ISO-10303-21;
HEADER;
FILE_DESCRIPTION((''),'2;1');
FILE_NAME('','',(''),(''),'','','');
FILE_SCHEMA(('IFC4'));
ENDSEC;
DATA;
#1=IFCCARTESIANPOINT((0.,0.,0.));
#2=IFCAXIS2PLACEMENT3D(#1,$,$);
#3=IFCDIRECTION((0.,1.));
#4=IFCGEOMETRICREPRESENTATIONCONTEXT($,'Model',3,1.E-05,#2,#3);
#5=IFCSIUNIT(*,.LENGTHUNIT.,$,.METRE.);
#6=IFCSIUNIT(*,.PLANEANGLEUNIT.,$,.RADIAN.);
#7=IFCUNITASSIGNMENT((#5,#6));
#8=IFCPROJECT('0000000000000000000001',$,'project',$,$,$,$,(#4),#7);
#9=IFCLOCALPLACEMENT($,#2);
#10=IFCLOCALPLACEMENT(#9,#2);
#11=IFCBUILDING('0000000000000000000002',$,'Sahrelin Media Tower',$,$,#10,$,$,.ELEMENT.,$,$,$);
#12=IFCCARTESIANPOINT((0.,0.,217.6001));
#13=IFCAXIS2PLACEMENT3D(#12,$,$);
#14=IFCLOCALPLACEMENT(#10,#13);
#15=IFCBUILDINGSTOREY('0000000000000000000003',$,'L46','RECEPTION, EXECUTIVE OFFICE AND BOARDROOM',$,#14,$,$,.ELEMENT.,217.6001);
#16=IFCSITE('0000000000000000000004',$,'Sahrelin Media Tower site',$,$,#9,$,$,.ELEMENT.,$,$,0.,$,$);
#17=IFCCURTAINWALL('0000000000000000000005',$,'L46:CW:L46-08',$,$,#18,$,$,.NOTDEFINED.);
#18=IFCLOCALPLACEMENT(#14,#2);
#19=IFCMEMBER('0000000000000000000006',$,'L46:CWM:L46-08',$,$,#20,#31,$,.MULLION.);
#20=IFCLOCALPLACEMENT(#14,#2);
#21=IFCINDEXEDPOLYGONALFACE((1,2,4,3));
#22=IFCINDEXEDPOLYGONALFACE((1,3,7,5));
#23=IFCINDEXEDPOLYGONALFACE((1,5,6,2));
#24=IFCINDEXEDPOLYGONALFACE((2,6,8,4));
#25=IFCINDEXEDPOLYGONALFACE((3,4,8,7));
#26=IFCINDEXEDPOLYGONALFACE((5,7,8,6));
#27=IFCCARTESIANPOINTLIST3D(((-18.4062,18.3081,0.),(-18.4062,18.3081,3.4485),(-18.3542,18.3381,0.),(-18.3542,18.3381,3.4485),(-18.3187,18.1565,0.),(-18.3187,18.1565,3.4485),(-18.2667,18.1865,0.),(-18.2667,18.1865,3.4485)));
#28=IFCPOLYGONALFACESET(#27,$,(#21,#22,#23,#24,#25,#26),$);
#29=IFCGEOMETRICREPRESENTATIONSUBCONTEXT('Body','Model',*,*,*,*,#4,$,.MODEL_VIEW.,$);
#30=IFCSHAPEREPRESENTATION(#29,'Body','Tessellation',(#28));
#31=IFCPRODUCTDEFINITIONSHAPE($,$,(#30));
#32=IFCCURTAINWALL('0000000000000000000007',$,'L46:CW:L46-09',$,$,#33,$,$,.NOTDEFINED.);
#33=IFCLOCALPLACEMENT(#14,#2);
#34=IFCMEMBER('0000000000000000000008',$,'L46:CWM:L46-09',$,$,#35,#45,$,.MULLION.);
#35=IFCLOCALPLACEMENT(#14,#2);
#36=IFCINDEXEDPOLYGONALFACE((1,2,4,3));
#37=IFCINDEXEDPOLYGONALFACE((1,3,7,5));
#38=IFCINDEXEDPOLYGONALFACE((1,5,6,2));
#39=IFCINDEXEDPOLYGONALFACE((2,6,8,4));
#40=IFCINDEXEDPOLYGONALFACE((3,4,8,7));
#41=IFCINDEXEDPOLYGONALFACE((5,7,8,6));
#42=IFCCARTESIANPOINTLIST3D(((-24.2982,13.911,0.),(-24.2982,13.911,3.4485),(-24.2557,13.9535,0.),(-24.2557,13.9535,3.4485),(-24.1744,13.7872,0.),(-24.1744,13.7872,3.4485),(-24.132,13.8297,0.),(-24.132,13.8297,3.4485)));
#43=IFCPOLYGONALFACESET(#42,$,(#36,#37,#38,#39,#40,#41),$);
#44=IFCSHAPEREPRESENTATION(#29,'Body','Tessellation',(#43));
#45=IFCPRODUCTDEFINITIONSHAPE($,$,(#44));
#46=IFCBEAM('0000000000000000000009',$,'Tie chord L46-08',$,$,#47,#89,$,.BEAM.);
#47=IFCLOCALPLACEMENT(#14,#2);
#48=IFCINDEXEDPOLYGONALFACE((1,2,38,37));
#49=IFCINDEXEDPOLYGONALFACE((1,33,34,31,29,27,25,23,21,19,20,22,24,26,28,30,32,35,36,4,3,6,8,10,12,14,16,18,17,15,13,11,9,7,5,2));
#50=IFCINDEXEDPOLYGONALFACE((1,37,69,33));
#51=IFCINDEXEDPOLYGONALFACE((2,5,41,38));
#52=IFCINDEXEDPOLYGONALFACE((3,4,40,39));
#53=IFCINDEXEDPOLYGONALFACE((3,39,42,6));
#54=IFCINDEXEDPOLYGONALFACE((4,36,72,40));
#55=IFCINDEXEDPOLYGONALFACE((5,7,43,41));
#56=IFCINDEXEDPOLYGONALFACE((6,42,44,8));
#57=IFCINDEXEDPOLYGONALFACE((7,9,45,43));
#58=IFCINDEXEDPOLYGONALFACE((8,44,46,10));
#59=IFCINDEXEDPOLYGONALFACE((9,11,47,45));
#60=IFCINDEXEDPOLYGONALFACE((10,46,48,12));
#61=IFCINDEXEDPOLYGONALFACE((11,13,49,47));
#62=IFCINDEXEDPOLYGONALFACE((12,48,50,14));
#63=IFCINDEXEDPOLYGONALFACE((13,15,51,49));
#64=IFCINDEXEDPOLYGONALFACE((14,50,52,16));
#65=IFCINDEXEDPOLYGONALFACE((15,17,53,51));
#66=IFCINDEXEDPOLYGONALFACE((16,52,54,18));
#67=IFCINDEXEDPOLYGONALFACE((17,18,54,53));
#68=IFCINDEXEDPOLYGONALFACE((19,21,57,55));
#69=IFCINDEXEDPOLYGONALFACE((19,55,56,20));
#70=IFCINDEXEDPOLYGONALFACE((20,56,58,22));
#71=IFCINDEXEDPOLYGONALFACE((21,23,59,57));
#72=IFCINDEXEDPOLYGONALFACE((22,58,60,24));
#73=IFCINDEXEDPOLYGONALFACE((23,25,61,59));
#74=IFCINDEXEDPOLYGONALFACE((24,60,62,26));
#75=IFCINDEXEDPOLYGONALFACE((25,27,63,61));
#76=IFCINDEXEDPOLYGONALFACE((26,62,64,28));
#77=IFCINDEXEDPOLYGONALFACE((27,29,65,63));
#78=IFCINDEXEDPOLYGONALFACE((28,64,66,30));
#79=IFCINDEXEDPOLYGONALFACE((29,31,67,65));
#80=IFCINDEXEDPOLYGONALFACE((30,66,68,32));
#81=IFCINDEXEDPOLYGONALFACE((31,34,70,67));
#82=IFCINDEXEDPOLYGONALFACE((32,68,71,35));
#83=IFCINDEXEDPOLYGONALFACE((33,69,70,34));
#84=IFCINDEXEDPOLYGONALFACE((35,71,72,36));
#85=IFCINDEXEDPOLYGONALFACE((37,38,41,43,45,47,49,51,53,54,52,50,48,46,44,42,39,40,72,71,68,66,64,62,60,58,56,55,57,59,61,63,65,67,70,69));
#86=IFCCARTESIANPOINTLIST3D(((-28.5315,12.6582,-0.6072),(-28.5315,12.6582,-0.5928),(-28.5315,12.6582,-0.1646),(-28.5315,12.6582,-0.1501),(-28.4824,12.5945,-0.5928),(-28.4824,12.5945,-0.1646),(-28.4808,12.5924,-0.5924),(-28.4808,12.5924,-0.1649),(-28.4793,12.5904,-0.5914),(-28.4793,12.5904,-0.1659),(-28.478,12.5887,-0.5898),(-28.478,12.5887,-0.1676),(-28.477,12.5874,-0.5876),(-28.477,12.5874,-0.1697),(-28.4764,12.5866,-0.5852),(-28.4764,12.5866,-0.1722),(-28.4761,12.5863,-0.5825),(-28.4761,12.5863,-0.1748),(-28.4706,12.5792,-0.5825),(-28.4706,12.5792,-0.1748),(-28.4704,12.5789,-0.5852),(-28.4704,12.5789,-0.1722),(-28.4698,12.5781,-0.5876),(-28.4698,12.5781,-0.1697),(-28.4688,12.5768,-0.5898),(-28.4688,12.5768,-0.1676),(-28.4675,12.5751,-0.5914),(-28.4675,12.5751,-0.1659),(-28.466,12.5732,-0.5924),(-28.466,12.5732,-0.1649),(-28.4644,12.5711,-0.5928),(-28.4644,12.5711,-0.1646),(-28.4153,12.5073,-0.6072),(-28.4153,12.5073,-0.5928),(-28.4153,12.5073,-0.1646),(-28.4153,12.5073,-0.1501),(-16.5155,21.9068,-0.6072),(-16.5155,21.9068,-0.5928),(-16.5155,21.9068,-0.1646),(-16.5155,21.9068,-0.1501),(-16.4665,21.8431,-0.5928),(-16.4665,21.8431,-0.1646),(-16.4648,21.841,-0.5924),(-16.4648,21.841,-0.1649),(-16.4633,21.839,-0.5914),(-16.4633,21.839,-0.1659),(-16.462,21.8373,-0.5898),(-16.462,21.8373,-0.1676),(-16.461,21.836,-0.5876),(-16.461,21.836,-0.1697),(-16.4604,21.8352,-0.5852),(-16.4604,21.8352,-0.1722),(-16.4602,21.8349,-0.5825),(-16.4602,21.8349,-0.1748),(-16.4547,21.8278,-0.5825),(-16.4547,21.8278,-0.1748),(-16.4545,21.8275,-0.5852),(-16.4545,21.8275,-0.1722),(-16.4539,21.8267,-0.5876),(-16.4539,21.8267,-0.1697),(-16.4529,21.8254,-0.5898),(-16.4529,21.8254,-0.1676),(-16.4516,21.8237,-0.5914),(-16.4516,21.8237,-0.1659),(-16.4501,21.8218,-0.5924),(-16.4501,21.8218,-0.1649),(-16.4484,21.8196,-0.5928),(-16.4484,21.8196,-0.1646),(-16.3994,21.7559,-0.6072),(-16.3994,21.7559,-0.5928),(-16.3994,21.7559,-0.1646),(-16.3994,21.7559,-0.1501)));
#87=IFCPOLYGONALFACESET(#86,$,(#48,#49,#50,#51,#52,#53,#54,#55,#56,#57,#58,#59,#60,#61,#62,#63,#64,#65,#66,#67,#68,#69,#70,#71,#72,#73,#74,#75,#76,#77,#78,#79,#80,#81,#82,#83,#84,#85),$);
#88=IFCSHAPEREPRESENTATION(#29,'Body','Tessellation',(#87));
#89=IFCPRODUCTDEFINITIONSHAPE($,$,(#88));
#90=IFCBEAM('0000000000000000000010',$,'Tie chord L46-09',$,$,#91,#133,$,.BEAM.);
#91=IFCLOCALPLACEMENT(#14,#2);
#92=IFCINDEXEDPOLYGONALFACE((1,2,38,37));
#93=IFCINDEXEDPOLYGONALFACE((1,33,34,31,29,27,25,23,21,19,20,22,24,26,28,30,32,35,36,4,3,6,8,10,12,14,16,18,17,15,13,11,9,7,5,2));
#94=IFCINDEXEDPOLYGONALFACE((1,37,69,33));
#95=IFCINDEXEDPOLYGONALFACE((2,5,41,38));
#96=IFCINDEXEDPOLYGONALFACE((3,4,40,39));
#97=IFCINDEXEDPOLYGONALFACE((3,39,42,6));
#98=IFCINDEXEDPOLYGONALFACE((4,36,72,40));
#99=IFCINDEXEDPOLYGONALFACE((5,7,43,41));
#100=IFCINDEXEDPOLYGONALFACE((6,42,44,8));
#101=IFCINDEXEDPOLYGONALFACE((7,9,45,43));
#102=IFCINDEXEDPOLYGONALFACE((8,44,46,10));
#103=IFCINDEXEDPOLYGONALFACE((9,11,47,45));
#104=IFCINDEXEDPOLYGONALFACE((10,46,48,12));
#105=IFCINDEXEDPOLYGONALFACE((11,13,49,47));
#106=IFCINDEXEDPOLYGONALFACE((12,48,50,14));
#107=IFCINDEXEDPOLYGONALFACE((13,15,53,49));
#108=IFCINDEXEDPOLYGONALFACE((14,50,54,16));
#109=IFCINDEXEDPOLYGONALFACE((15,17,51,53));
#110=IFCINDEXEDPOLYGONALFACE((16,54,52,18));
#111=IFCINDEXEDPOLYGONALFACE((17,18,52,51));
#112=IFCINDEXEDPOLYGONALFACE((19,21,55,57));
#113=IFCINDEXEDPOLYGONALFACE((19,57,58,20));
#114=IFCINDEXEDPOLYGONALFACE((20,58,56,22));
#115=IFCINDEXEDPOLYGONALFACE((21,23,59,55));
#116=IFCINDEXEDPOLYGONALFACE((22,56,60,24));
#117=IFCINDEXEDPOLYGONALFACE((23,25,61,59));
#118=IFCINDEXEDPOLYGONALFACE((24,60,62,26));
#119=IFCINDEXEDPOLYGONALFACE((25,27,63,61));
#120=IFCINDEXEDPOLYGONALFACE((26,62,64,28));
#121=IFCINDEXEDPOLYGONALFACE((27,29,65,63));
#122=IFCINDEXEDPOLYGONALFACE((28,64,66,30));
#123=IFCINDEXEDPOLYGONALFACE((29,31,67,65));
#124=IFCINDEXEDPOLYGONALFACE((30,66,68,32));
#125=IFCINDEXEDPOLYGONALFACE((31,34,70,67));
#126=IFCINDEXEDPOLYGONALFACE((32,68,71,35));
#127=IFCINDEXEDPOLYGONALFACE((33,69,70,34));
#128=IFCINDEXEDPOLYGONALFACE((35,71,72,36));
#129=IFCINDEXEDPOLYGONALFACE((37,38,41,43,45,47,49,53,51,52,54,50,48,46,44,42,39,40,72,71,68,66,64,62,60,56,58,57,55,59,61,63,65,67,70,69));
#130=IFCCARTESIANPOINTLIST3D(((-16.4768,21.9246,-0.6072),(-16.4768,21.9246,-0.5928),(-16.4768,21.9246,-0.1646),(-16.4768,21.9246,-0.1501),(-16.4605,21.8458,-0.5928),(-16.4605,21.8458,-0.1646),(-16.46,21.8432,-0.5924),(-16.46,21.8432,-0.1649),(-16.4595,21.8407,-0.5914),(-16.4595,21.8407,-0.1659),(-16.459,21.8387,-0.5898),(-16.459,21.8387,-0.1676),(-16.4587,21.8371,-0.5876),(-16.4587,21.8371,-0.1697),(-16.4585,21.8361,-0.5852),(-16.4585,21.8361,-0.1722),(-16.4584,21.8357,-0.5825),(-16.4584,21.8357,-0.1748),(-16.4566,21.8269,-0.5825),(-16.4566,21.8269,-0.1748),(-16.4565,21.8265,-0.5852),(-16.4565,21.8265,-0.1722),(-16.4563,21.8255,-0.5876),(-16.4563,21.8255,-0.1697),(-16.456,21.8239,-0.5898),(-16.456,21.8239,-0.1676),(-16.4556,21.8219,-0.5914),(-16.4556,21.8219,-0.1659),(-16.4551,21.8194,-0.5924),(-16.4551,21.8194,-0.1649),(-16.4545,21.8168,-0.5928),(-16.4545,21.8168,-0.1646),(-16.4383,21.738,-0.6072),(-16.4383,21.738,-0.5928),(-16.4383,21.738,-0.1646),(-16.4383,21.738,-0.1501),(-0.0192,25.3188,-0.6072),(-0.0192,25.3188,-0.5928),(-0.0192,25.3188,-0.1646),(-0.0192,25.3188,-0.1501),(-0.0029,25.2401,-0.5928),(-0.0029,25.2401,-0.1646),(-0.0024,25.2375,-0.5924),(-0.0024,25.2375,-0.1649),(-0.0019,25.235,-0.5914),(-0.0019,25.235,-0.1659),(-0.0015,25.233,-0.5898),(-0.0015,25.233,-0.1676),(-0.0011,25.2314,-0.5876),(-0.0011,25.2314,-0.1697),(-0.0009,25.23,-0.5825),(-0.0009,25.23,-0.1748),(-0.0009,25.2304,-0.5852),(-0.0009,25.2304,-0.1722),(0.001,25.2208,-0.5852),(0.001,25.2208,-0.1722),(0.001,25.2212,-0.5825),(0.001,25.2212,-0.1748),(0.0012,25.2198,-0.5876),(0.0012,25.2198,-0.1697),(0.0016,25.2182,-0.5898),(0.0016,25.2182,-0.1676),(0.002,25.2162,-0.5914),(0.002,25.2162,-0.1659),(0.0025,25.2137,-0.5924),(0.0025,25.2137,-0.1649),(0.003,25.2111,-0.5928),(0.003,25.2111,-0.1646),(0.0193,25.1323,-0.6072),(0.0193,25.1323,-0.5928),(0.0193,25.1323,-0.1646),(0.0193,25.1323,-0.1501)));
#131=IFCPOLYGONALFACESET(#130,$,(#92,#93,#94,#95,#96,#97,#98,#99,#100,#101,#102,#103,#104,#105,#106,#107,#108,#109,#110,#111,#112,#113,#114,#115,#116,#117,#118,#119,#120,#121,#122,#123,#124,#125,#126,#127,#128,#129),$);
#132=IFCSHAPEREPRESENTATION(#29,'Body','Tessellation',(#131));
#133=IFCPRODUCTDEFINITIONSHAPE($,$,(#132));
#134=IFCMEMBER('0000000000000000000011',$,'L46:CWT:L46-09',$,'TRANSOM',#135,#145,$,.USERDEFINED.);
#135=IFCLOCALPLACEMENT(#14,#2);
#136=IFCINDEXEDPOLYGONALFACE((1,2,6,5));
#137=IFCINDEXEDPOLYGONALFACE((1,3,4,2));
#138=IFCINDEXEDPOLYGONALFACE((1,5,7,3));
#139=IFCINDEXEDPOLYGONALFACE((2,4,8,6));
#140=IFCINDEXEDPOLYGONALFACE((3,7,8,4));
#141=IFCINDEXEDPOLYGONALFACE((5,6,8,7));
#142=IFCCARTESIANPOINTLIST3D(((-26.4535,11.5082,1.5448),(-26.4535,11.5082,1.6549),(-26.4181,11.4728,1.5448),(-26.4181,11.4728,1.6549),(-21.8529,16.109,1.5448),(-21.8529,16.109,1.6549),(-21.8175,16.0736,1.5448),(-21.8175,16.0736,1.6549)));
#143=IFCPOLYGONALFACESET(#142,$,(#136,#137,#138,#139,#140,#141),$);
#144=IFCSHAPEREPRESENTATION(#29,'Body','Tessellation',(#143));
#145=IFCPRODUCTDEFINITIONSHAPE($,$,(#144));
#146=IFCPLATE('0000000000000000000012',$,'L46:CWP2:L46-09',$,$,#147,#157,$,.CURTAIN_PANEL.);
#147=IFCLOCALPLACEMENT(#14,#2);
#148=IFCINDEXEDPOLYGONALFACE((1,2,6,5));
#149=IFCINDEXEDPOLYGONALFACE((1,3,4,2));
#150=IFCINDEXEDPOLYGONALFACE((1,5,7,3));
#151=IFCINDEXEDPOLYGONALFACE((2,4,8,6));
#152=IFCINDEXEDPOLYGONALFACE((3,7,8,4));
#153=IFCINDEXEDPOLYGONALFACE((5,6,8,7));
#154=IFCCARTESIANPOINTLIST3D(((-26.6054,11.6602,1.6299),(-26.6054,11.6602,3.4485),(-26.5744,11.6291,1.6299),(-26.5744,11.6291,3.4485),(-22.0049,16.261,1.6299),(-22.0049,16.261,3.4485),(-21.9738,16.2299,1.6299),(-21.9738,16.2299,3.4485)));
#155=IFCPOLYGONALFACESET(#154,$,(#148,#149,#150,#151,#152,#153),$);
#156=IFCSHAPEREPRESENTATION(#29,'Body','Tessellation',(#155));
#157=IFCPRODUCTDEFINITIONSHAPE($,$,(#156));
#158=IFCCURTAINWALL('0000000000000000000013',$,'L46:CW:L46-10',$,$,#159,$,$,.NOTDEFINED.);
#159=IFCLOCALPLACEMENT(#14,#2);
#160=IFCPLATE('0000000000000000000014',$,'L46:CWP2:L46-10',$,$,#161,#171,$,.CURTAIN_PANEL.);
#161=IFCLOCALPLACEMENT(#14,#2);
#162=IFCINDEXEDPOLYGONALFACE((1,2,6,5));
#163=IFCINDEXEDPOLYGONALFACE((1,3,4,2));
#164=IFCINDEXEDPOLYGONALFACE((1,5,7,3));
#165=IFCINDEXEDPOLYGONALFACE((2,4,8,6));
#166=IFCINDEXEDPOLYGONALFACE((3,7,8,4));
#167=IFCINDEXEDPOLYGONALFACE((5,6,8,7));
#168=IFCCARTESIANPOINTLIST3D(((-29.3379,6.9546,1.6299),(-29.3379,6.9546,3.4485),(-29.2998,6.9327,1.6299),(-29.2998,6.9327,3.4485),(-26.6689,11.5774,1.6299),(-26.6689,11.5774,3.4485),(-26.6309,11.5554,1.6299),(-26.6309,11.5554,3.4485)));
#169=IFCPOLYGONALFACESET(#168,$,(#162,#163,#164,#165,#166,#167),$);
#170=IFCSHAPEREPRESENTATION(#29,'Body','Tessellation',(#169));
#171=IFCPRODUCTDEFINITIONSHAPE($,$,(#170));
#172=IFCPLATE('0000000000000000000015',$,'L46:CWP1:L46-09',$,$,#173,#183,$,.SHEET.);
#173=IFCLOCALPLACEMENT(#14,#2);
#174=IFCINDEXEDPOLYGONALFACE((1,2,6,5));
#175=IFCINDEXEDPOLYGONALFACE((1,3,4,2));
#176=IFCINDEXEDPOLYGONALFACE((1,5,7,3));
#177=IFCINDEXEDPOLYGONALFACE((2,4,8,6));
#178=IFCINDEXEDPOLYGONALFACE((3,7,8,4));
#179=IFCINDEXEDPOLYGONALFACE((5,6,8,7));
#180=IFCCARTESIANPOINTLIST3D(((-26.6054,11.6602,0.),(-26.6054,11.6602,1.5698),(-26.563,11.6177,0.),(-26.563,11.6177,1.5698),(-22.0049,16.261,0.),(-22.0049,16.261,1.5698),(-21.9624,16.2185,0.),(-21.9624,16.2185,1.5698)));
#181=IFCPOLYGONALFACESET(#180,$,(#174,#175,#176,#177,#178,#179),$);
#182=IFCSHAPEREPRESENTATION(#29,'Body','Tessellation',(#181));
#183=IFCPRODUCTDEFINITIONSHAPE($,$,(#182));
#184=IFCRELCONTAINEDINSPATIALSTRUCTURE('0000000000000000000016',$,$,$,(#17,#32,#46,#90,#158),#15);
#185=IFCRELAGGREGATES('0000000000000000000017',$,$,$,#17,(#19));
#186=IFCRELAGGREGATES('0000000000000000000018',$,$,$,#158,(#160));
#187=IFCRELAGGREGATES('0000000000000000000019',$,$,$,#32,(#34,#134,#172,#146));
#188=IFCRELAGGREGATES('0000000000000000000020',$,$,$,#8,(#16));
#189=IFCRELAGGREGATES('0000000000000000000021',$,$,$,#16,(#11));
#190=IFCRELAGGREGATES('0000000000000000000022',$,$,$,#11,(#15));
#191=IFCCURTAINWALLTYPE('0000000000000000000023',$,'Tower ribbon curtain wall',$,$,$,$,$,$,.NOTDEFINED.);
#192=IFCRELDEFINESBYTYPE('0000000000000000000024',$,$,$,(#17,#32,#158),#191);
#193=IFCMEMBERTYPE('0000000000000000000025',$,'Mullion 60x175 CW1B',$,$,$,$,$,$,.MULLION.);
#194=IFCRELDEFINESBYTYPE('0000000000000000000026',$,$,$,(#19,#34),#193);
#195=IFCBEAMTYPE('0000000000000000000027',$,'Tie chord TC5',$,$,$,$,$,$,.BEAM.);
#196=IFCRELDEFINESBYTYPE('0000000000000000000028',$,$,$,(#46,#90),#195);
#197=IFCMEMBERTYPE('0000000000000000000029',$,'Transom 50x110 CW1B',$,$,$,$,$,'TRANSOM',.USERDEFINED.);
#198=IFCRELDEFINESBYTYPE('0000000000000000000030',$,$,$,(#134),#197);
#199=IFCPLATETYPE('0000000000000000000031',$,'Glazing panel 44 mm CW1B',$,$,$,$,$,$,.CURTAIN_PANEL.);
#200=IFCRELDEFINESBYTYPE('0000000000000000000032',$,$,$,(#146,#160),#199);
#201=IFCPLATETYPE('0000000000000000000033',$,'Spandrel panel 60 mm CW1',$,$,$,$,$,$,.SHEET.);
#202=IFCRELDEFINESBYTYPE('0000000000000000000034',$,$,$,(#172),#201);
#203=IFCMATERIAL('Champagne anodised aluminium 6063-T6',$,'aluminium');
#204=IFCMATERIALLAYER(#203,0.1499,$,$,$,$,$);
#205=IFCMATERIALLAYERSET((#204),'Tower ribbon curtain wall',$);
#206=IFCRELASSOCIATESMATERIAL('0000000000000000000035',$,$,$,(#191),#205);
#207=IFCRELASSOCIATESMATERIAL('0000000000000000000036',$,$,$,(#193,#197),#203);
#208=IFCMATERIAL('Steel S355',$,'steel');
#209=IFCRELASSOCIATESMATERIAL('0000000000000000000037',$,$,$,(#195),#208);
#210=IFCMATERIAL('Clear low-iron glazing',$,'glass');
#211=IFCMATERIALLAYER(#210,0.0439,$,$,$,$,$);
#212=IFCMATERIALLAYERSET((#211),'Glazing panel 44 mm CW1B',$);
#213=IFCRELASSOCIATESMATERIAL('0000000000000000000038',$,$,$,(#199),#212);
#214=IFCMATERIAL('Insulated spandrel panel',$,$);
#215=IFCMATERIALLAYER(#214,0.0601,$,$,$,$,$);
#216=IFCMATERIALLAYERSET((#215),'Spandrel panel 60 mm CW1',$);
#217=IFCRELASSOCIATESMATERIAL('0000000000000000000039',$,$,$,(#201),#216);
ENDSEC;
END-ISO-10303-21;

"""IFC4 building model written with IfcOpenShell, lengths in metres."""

from ifc_helpers import new_model, si_unit, direction, frame, origin, origin_2d, place, context, subcontext, project, spatial, polyline, rectangle, i_section, outline, extrude, material, layer, layer_set, material_profile, profile_set, type_object, element, aggregate, save


model = new_model("IFC4")

# Units and contexts
model_context = context("Model", 3, precision=1e-05, world=origin(), true_north=direction((0.0, 1.0)))
body_context = subcontext(model_context, "Body", "Model", "MODEL_VIEW")
ifc_project = project(units=[si_unit("LENGTHUNIT", "METRE"), si_unit("PLANEANGLEUNIT", "RADIAN")], contexts=[model_context])

# Site, building, storey
site_placement = place(None, origin())
site = spatial("IfcSite", under=ifc_project, at=site_placement, Name="Sahrelin Media Tower site", CompositionType="ELEMENT", RefElevation=0.0)
building_placement = place(site_placement, origin())
building = spatial("IfcBuilding", under=site, at=building_placement, Name="Sahrelin Media Tower", CompositionType="ELEMENT")
storey_placement = place(building_placement, frame((0.0, 0.0, 217.6001)))
storey = spatial("IfcBuildingStorey", under=building, at=storey_placement, Name="L46", Description="RECEPTION, EXECUTIVE OFFICE AND BOARDROOM", CompositionType="ELEMENT", Elevation=217.6001)

# Shared definitions
ifc_material_1 = material(Name="Steel S355", Category="steel")

# Curtain walls, members
ifc_material_2 = material(Name="Champagne anodised aluminium 6063-T6", Category="aluminium")
ifc_layer_1 = layer(ifc_material_2, 0.1499)
ifc_layer_set_1 = layer_set([ifc_layer_1], Name="Tower ribbon curtain wall")
curtain_wall_type = type_object("IfcCurtainWallType", Name="Tower ribbon curtain wall", PredefinedType="NOTDEFINED", material=ifc_layer_set_1)
curtain_wall_1_placement = place(storey_placement, frame((-18.3901, 18.3403, 0.0), z_axis=(0.0, 0.0, 1.0), x_axis=(1.0, 0.0, 0.0)))
curtain_wall_1 = element("IfcCurtainWall", 1, at=curtain_wall_1_placement, inside=storey, type_object=curtain_wall_type, Name="L46:CW:L46-08", PredefinedType="NOTDEFINED")
ifc_material_profile_1 = material_profile(ifc_material_2, rectangle(XDim=0.0601, YDim=0.175, at=origin_2d()), Name="Mullion 60x175")
ifc_profile_set_1 = profile_set([ifc_material_profile_1], Name="Champagne anodised aluminium 6063-T6")
member_type_1 = type_object("IfcMemberType", Name="Mullion 60x175 CW1B", PredefinedType="MULLION", material=ifc_profile_set_1)
member_1_placement = place(storey_placement, frame((-18.3364, 18.2473, 0.0), z_axis=(0.0, 0.0, 1.0), x_axis=(-0.866026, -0.499998, 0.0)))
member_1 = element("IfcMember", 2, at=member_1_placement, type_object=member_type_1, Name="L46:CWM:L46-08", PredefinedType="MULLION", context=body_context, shape_type="SweptSolid", body=[
    extrude(rectangle(XDim=0.0601, YDim=0.175, at=origin_2d()), origin(), (0.0, 0.0, 1.0), 3.4485),
])
aggregate(curtain_wall_1, [member_1])
curtain_wall_2_placement = place(storey_placement, frame((-24.291, 13.9463, 0.0), z_axis=(0.0, 0.0, 1.0), x_axis=(1.0, 0.0, 0.0)))
curtain_wall_2 = element("IfcCurtainWall", 3, at=curtain_wall_2_placement, inside=storey, type_object=curtain_wall_type, Name="L46:CW:L46-09", PredefinedType="NOTDEFINED")
member_2_placement = place(storey_placement, frame((-24.2151, 13.8704, 0.0), z_axis=(0.0, 0.0, 1.0), x_axis=(-0.707107, -0.707107, 0.0)))
member_2 = element("IfcMember", 4, at=member_2_placement, type_object=member_type_1, Name="L46:CWM:L46-09", PredefinedType="MULLION", context=body_context, shape_type="SweptSolid", body=[
    extrude(rectangle(XDim=0.0601, YDim=0.175, at=origin_2d()), origin(), (0.0, 0.0, 1.0), 3.4485),
])

# Beams
ifc_material_profile_2 = material_profile(ifc_material_1, i_section(OverallWidth=0.1904, OverallDepth=0.457, WebThickness=0.009, FlangeThickness=0.0144, FilletRadius=0.0103, at=origin_2d()), Name="UB 457x191x74")
ifc_profile_set_2 = profile_set([ifc_material_profile_2], Name="Steel S355")
beam_type_1 = type_object("IfcBeamType", Name="Tie chord TC5", PredefinedType="BEAM", material=ifc_profile_set_2)
beam_1_placement = place(storey_placement, frame((-28.4734, 12.5828, -0.3787), z_axis=(0.792447, 0.609941, 0.0), x_axis=(-0.609941, 0.792447, 0.0)))
element("IfcBeam", 5, at=beam_1_placement, inside=storey, type_object=beam_type_1, Name="Tie chord L46-08", PredefinedType="BEAM", context=body_context, shape_type="SweptSolid", body=[
    extrude(i_section(OverallWidth=0.1904, OverallDepth=0.457, WebThickness=0.009, FlangeThickness=0.0144, FilletRadius=0.0103, at=origin_2d()), origin(), (0.0, 0.0, 1.0), 15.1631),
])
beam_2_placement = place(storey_placement, frame((-16.4575, 21.8313, -0.3787), z_axis=(0.979387, 0.201994, 0.0), x_axis=(-0.201994, 0.979387, 0.0)))
element("IfcBeam", 6, at=beam_2_placement, inside=storey, type_object=beam_type_1, Name="Tie chord L46-09", PredefinedType="BEAM", context=body_context, shape_type="SweptSolid", body=[
    extrude(i_section(OverallWidth=0.1904, OverallDepth=0.457, WebThickness=0.009, FlangeThickness=0.0144, FilletRadius=0.0103, at=origin_2d()), origin(), (0.0, 0.0, 1.0), 16.804),
])

# Member
ifc_material_profile_3 = material_profile(ifc_material_2, rectangle(XDim=0.05, YDim=0.1101, at=origin_2d()), Name="Transom 50x110")
ifc_profile_set_3 = profile_set([ifc_material_profile_3], Name="Champagne anodised aluminium 6063-T6")
member_type_2 = type_object("IfcMemberType", Name="Transom 50x110 CW1B", ElementType="TRANSOM", PredefinedType="USERDEFINED", material=ifc_profile_set_3)
member_3_placement = place(storey_placement, frame((-21.8352, 16.0913, 1.5999), z_axis=(-0.707088, -0.707126, 0.0), x_axis=(0.707126, -0.707088, 0.0)))
member_3 = element("IfcMember", 7, at=member_3_placement, type_object=member_type_2, Name="L46:CWT:L46-09", ObjectType="TRANSOM", PredefinedType="USERDEFINED", context=body_context, shape_type="SweptSolid", body=[
    extrude(rectangle(XDim=0.05, YDim=0.1101, at=origin_2d()), origin(), (0.0, 0.0, 1.0), 6.5063),
])

# Plate
ifc_material_3 = material(Name="Clear low-iron glazing", Category="glass")
ifc_layer_2 = layer(ifc_material_3, 0.0439)
ifc_layer_set_2 = layer_set([ifc_layer_2], Name="Glazing panel 44 mm CW1B")
plate_type_1 = type_object("IfcPlateType", Name="Glazing panel 44 mm CW1B", PredefinedType="CURTAIN_PANEL", material=ifc_layer_set_2)
plate_1_placement = place(storey_placement, frame((-22.0049, 16.261, 1.6299), z_axis=(-0.707126, 0.707088, 0.0), x_axis=(-0.707088, -0.707126, 0.0)))
plate_1 = element("IfcPlate", 8, at=plate_1_placement, type_object=plate_type_1, Name="L46:CWP2:L46-09", PredefinedType="CURTAIN_PANEL", context=body_context, shape_type="SweptSolid", body=[
    extrude(outline(polyline([(0.0, 0.0), (6.5063, 0.0), (6.5063, 1.8186), (0.0, 1.8186), (0.0, 0.0)])), origin(), (0.0, 0.0, -1.0), 0.0439),
])

# Curtain wall, plate
curtain_wall_3_placement = place(storey_placement, frame((-27.9861, 9.2561, 0.0), z_axis=(0.0, 0.0, 1.0), x_axis=(1.0, 0.0, 0.0)))
curtain_wall_3 = element("IfcCurtainWall", 9, at=curtain_wall_3_placement, inside=storey, type_object=curtain_wall_type, Name="L46:CW:L46-10", PredefinedType="NOTDEFINED")
plate_2_placement = place(storey_placement, frame((-26.6689, 11.5774, 1.6299), z_axis=(-0.866028, 0.499996, 0.0), x_axis=(-0.499996, -0.866028, 0.0)))
plate_2 = element("IfcPlate", 10, at=plate_2_placement, type_object=plate_type_1, Name="L46:CWP2:L46-10", PredefinedType="CURTAIN_PANEL", context=body_context, shape_type="SweptSolid", body=[
    extrude(outline(polyline([(0.0, 0.0), (5.3379, 0.0), (5.3379, 1.8186), (0.0, 1.8186), (0.0, 0.0)])), origin(), (0.0, 0.0, -1.0), 0.0439),
])
aggregate(curtain_wall_3, [plate_2])

# Plate
ifc_material_4 = material(Name="Insulated spandrel panel")
ifc_layer_3 = layer(ifc_material_4, 0.0601)
ifc_layer_set_3 = layer_set([ifc_layer_3], Name="Spandrel panel 60 mm CW1")
plate_type_2 = type_object("IfcPlateType", Name="Spandrel panel 60 mm CW1", PredefinedType="SHEET", material=ifc_layer_set_3)
plate_3_placement = place(storey_placement, frame((-22.0049, 16.261, 0.0), z_axis=(-0.707126, 0.707088, 0.0), x_axis=(-0.707088, -0.707126, 0.0)))
plate_3 = element("IfcPlate", 11, at=plate_3_placement, type_object=plate_type_2, Name="L46:CWP1:L46-09", PredefinedType="SHEET", context=body_context, shape_type="SweptSolid", body=[
    extrude(outline(polyline([(0.0, 0.0), (6.5063, 0.0), (6.5063, 1.5698), (0.0, 1.5698), (0.0, 0.0)])), origin(), (0.0, 0.0, -1.0), 0.0601),
])
aggregate(curtain_wall_2, [member_2, member_3, plate_3, plate_1])

save(model, "model.ifc")
